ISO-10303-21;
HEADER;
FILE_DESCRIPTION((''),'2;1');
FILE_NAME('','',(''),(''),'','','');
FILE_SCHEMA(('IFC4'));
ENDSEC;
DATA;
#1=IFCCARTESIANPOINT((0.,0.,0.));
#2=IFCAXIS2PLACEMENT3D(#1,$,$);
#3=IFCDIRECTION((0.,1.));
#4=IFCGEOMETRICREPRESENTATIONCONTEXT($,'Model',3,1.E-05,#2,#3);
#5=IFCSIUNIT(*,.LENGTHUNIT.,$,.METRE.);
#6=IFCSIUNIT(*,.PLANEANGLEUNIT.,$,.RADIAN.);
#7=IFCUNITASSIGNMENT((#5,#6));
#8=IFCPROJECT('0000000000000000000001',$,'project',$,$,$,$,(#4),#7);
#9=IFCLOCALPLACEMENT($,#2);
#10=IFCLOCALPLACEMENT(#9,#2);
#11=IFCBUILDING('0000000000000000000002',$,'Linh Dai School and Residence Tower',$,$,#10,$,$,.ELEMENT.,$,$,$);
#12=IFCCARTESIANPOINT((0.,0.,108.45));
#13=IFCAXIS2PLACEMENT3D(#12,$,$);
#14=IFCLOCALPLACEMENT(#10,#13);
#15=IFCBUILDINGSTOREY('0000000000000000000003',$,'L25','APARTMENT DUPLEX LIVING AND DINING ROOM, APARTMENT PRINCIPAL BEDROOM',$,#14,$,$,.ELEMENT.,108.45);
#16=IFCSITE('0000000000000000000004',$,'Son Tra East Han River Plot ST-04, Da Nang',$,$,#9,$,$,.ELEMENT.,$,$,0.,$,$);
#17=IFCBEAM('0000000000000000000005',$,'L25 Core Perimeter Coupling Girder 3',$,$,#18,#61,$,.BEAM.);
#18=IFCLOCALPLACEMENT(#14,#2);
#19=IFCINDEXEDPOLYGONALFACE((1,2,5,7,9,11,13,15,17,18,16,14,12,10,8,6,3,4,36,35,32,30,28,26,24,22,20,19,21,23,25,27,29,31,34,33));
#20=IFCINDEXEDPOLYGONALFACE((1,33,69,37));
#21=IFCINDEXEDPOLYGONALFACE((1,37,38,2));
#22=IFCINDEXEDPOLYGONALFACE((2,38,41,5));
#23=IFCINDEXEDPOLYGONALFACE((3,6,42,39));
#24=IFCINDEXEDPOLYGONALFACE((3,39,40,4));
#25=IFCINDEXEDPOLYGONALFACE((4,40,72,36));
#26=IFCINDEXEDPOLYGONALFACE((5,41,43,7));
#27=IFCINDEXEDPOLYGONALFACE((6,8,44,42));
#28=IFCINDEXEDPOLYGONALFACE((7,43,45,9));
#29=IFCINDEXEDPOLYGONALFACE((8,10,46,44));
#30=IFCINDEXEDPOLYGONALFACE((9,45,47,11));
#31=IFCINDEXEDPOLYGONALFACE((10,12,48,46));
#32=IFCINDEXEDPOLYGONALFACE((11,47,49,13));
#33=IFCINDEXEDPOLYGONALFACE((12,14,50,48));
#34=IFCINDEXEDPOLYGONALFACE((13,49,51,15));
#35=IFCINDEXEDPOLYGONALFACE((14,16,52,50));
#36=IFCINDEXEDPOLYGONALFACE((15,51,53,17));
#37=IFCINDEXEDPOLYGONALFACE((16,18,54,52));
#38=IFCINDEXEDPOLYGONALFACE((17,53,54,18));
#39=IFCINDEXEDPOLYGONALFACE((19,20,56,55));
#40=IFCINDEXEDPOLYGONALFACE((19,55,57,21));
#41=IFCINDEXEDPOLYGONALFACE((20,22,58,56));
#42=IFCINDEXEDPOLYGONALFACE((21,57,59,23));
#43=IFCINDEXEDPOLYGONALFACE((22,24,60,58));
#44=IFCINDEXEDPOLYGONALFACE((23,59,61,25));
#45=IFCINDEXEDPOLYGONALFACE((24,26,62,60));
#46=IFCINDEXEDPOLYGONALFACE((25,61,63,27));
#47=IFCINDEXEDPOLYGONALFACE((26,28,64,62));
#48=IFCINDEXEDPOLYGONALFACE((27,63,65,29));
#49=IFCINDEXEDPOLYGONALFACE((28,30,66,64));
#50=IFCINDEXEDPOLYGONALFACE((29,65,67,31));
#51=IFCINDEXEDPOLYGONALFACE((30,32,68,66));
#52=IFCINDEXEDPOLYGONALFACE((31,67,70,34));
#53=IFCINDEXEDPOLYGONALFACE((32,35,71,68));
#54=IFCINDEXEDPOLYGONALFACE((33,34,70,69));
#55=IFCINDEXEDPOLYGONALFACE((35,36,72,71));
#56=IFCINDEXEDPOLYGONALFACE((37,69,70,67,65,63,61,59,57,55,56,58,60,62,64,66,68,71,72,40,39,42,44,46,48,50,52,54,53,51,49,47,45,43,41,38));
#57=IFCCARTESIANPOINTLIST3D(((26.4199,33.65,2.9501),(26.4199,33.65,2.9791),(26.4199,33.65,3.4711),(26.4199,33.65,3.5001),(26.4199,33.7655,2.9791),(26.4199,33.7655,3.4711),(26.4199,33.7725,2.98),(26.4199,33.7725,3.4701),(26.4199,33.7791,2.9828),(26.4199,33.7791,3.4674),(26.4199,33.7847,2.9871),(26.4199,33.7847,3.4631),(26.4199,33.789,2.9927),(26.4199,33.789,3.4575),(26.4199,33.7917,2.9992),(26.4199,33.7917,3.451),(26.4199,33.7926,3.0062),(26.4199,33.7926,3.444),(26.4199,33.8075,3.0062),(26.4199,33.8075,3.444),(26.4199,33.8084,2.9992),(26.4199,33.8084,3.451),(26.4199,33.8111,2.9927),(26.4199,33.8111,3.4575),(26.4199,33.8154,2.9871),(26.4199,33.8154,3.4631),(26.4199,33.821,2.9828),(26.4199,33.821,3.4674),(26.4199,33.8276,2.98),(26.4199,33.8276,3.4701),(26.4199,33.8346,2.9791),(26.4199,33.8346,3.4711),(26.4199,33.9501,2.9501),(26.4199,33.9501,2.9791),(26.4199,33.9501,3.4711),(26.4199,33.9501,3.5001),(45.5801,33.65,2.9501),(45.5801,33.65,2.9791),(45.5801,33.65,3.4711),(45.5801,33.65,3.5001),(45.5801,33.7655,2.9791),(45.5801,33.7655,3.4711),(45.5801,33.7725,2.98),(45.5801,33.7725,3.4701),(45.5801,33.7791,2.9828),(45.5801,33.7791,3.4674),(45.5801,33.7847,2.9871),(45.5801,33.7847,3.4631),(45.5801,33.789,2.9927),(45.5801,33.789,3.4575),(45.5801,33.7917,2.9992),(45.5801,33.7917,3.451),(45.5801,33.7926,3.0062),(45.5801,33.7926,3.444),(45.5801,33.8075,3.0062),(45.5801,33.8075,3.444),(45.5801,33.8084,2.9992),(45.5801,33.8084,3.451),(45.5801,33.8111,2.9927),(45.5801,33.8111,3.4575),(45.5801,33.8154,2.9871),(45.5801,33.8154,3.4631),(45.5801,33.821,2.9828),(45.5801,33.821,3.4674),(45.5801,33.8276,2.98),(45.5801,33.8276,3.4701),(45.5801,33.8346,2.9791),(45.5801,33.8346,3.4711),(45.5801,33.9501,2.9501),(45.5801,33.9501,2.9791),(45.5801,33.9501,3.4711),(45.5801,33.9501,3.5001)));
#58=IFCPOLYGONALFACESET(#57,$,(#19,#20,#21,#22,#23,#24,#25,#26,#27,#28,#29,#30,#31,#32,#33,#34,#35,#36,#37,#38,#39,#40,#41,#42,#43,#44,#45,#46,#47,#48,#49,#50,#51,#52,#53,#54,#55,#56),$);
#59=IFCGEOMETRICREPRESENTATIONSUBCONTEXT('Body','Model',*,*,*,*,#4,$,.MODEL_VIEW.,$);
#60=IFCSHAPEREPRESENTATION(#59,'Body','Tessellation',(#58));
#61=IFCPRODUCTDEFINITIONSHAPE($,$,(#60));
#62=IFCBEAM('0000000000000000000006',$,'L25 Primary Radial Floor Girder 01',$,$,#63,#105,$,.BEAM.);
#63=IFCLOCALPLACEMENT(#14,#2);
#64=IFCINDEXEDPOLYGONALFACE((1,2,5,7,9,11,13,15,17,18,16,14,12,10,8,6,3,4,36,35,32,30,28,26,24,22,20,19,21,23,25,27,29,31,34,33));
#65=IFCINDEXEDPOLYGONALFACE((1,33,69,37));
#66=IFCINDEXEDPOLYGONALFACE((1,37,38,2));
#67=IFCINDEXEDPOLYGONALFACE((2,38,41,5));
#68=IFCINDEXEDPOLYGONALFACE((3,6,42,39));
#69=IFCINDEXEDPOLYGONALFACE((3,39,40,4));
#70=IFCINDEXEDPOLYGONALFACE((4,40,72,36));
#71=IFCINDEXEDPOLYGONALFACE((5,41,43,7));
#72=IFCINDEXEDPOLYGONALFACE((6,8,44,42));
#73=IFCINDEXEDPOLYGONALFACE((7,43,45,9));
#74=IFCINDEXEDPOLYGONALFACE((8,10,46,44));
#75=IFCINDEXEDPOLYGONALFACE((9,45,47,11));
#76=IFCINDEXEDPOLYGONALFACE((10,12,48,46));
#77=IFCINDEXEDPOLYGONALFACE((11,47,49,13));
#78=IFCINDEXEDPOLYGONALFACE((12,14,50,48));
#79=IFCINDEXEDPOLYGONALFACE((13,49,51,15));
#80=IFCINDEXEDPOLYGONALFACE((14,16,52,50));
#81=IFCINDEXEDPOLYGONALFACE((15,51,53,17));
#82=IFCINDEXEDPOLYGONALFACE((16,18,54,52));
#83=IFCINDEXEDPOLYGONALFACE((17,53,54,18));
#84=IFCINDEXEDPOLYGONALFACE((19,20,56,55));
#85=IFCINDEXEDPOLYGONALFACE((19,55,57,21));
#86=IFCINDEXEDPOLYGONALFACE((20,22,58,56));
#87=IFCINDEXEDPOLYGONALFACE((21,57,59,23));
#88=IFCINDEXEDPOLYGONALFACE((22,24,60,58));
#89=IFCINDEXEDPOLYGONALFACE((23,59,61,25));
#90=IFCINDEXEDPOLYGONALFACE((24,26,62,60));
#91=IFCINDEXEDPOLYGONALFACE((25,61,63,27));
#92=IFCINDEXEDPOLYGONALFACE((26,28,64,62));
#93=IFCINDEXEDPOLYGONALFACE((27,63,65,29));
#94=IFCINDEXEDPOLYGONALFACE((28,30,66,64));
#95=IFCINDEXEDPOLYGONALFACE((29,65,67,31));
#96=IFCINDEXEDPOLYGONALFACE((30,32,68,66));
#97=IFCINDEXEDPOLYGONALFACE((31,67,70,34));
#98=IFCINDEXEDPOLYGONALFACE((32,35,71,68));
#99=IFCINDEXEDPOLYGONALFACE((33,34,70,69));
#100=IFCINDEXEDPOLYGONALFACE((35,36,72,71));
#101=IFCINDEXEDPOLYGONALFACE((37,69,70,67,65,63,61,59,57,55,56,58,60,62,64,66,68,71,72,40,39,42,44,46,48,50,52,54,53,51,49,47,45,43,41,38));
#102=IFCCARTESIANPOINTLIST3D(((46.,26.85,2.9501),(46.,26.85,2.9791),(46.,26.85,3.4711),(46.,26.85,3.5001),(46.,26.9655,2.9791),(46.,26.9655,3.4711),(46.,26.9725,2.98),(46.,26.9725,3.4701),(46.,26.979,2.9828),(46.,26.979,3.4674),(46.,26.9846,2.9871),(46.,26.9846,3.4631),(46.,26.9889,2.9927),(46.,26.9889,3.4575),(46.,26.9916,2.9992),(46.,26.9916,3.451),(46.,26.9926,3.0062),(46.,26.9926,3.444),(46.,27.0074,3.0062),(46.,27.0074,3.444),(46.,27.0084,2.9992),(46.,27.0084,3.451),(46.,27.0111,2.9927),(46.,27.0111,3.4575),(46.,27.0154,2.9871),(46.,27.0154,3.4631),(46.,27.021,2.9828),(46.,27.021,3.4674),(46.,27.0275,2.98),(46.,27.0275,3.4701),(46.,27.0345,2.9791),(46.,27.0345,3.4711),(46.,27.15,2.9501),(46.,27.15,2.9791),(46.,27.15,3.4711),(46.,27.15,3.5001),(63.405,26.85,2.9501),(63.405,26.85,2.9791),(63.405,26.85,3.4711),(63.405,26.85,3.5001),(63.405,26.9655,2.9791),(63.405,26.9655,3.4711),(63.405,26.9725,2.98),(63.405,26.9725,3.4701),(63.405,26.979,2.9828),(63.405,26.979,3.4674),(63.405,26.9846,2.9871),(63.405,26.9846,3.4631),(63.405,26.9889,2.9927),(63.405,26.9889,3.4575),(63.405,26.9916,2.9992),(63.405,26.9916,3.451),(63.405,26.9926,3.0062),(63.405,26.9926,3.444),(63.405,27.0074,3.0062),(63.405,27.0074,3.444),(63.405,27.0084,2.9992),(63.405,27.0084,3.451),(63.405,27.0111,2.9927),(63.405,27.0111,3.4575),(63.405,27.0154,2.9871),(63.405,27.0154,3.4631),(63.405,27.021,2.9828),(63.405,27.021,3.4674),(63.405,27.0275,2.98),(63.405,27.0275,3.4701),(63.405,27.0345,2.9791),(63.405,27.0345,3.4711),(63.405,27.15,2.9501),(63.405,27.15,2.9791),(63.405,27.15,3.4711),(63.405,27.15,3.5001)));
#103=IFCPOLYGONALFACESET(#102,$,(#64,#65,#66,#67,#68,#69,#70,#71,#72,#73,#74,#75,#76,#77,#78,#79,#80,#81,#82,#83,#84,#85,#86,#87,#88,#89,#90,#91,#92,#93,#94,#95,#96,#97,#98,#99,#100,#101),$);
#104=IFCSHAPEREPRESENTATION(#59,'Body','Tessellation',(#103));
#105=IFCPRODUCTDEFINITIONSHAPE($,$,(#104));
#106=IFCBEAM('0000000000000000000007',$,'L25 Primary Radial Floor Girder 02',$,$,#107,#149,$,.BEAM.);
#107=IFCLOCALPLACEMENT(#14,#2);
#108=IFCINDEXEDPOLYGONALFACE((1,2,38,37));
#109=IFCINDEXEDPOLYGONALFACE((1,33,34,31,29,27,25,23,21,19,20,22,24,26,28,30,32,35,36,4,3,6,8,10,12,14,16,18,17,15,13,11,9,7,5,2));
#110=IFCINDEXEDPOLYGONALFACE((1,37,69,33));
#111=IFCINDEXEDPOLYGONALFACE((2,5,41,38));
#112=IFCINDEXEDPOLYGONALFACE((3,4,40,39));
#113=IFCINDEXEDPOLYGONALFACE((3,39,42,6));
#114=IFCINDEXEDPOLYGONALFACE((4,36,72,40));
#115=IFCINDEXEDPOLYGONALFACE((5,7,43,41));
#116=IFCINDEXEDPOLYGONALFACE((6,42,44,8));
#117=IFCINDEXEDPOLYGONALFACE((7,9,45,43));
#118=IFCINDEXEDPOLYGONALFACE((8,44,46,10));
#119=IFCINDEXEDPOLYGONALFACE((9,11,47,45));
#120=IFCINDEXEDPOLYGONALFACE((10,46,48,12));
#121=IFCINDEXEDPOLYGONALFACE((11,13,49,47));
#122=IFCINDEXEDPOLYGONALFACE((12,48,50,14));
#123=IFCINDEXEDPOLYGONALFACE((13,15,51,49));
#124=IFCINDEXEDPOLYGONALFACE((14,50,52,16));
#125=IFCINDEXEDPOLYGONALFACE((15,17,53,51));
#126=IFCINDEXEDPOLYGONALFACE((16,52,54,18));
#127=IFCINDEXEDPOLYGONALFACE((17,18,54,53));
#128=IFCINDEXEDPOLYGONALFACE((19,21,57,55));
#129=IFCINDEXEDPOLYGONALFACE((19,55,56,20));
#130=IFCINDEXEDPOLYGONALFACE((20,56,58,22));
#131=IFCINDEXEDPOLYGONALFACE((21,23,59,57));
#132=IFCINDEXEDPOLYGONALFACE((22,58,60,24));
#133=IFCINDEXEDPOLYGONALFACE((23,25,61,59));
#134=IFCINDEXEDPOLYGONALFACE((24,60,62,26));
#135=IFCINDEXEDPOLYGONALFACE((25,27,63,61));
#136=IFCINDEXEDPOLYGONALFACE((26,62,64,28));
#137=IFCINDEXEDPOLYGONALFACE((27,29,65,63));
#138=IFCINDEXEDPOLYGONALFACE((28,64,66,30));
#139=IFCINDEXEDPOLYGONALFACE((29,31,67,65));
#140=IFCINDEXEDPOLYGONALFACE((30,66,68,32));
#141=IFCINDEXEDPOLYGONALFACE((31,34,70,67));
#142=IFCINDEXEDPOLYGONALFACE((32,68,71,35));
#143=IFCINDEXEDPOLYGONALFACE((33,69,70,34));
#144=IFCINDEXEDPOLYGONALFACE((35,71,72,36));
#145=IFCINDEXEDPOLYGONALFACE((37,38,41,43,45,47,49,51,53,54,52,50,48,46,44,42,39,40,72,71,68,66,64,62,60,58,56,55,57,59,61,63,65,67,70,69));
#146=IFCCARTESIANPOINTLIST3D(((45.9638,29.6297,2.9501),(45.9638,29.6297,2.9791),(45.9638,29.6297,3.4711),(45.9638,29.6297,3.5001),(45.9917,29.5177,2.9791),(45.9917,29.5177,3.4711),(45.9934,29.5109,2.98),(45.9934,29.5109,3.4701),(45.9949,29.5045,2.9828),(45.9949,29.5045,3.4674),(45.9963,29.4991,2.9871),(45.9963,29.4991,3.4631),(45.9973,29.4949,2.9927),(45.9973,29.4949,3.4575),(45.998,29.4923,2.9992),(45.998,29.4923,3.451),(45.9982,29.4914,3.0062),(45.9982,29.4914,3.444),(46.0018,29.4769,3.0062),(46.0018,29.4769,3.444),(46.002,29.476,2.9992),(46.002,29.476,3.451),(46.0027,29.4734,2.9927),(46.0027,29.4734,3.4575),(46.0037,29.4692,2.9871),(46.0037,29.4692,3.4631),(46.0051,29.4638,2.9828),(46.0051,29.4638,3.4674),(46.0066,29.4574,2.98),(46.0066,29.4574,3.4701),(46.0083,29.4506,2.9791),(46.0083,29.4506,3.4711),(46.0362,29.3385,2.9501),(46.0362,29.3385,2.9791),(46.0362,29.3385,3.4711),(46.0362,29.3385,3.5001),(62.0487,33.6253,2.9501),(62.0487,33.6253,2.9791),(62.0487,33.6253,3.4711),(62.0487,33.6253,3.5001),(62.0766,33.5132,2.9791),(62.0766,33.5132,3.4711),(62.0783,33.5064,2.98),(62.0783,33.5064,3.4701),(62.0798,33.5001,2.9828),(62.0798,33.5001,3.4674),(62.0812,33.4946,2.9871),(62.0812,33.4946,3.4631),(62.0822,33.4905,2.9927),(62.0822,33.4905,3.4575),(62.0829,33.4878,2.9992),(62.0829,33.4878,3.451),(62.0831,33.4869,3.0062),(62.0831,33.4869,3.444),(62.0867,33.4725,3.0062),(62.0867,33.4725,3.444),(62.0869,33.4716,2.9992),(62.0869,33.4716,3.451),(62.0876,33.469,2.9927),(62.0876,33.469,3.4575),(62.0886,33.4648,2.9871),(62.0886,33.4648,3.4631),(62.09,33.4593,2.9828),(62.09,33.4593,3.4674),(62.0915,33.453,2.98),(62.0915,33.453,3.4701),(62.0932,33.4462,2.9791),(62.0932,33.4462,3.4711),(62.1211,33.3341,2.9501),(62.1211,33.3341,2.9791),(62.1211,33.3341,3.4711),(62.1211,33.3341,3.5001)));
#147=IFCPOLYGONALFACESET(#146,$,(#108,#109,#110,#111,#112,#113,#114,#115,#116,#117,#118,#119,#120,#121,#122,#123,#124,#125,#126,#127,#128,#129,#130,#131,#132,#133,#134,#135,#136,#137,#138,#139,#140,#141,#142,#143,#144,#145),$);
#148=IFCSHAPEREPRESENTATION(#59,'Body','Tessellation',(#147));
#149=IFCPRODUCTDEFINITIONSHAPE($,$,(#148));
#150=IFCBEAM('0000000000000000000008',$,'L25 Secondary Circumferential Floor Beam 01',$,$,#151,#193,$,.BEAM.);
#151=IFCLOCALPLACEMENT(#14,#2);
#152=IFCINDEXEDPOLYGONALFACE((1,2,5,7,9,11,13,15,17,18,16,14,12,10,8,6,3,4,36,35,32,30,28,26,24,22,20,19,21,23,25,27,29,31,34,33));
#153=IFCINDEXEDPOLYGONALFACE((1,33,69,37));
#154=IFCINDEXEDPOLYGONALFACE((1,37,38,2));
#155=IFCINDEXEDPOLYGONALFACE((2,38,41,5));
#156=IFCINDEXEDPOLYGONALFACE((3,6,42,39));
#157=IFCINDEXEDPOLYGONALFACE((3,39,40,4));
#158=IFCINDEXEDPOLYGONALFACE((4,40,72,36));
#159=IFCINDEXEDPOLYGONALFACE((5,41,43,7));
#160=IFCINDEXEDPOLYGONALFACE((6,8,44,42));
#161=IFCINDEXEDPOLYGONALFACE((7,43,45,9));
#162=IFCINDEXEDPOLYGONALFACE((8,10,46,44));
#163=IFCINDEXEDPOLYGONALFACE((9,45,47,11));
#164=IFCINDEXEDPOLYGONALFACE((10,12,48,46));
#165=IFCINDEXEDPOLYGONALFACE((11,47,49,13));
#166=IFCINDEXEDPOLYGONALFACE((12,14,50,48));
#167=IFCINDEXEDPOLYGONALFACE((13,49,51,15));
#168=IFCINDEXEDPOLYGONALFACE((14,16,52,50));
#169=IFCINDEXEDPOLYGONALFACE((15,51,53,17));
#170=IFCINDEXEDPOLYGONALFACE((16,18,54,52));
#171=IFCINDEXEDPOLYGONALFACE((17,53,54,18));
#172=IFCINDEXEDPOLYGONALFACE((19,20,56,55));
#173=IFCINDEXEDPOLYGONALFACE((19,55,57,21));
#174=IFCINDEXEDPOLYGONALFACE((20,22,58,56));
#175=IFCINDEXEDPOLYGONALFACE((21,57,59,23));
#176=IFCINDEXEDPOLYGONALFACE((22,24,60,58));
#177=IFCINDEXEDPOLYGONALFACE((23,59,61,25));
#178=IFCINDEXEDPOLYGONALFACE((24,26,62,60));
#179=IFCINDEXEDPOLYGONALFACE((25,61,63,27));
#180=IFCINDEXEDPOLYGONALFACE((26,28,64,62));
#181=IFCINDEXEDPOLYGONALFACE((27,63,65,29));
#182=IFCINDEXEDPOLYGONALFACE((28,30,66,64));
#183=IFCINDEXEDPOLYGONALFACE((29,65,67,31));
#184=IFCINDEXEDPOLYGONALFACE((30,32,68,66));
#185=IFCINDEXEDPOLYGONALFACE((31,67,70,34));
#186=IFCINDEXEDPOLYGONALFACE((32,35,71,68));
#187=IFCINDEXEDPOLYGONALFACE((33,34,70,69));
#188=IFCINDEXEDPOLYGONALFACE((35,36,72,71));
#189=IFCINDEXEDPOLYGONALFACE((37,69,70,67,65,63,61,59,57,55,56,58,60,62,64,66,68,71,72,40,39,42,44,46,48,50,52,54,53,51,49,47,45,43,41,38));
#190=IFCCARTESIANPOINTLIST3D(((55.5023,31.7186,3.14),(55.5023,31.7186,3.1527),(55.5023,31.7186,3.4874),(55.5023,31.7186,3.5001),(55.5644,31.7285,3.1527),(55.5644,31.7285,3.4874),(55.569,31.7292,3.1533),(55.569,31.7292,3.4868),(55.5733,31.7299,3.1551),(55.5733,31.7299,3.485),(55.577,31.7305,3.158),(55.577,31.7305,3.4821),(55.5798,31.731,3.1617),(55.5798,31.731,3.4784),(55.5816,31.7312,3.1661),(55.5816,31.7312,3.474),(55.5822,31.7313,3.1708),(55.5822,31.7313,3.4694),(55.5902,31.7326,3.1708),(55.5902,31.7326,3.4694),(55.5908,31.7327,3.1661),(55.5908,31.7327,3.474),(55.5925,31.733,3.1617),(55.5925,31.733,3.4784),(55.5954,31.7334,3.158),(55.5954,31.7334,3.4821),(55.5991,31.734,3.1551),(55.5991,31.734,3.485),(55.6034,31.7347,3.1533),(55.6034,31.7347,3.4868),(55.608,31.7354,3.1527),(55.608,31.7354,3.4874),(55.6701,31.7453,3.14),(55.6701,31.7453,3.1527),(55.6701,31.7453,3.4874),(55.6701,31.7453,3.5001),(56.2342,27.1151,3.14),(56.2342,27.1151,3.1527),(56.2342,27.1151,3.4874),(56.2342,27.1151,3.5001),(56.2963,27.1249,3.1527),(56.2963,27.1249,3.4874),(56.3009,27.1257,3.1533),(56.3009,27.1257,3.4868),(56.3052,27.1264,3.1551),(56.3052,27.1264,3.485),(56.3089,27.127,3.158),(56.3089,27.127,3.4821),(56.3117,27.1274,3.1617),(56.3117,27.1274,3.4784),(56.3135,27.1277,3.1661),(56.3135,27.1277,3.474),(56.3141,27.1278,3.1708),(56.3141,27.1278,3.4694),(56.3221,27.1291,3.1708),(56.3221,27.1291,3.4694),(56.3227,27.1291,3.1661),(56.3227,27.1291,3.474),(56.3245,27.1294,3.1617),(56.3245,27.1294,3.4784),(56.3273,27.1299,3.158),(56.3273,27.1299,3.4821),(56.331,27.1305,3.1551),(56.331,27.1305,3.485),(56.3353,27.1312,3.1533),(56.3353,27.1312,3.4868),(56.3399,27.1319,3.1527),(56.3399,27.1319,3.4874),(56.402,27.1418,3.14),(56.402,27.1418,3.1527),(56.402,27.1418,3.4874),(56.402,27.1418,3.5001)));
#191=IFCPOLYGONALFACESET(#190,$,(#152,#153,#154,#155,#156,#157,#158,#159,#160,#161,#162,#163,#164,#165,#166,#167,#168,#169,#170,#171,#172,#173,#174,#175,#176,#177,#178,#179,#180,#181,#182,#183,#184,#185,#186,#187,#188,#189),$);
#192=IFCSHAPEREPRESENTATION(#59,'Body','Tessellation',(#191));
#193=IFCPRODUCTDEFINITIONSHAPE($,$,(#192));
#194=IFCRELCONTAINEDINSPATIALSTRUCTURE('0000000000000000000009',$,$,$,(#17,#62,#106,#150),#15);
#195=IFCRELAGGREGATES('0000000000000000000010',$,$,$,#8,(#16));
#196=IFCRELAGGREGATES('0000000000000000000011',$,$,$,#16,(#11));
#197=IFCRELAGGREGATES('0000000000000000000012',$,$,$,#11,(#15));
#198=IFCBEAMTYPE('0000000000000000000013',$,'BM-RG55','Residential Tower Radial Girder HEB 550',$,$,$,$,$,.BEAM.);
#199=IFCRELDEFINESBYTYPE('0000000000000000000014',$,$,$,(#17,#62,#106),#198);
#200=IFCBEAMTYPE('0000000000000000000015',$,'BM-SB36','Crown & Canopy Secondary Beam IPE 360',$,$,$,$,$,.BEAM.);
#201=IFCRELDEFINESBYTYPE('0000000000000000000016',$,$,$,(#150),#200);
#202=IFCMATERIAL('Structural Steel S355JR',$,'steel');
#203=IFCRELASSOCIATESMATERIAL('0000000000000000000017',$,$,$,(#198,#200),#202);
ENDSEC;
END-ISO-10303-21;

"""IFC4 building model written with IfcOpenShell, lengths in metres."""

from ifc_helpers import new_model, si_unit, direction, frame, origin, origin_2d, place, context, subcontext, project, spatial, i_section, extrude, material, material_profile, profile_set, type_object, element, save


model = new_model("IFC4")

# Units and contexts
model_context = context("Model", 3, precision=1e-05, world=origin(), true_north=direction((0.0, 1.0)))
body_context = subcontext(model_context, "Body", "Model", "MODEL_VIEW")
ifc_project = project(units=[si_unit("LENGTHUNIT", "METRE"), si_unit("PLANEANGLEUNIT", "RADIAN")], contexts=[model_context])

# Site, building, storey
site_placement = place(None, origin())
site = spatial("IfcSite", under=ifc_project, at=site_placement, Name="Son Tra East Han River Plot ST-04, Da Nang", CompositionType="ELEMENT", RefElevation=0.0)
building_placement = place(site_placement, origin())
building = spatial("IfcBuilding", under=site, at=building_placement, Name="Linh Dai School and Residence Tower", CompositionType="ELEMENT")
storey_placement = place(building_placement, frame((0.0, 0.0, 108.45)))
storey = spatial("IfcBuildingStorey", under=building, at=storey_placement, Name="L25", Description="APARTMENT DUPLEX LIVING AND DINING ROOM, APARTMENT PRINCIPAL BEDROOM", CompositionType="ELEMENT", Elevation=108.45)

# Shared definitions
ifc_material_1 = material(Name="Structural Steel S355JR", Category="steel")

# Beams
ifc_material_profile_1 = material_profile(ifc_material_1, i_section(OverallWidth=0.3, OverallDepth=0.55, WebThickness=0.0149, FlangeThickness=0.0291, FilletRadius=0.0271, at=origin_2d()), Name="HEB 550")
ifc_profile_set_1 = profile_set([ifc_material_profile_1], Name="Structural Steel S355JR")
beam_type_1 = type_object("IfcBeamType", Name="BM-RG55", Description="Residential Tower Radial Girder HEB 550", PredefinedType="BEAM", material=ifc_profile_set_1)
beam_1_placement = place(storey_placement, frame((45.5801, 33.8, 3.2251), z_axis=(-1.0, 0.0, 0.0), x_axis=(0.0, -1.0, 0.0)))
element("IfcBeam", 1, at=beam_1_placement, inside=storey, type_object=beam_type_1, Name="L25 Core Perimeter Coupling Girder 3", PredefinedType="BEAM", context=body_context, shape_type="SweptSolid", body=[
    extrude(i_section(OverallWidth=0.3, OverallDepth=0.55, WebThickness=0.0149, FlangeThickness=0.0291, FilletRadius=0.0271, at=origin_2d()), origin(), (0.0, 0.0, 1.0), 19.1602),
])
beam_2_placement = place(storey_placement, frame((46.0, 27.0, 3.2251), z_axis=(1.0, 0.0, 0.0), x_axis=(0.0, 1.0, 0.0)))
element("IfcBeam", 2, at=beam_2_placement, inside=storey, type_object=beam_type_1, Name="L25 Primary Radial Floor Girder 01", PredefinedType="BEAM", context=body_context, shape_type="SweptSolid", body=[
    extrude(i_section(OverallWidth=0.3, OverallDepth=0.55, WebThickness=0.0149, FlangeThickness=0.0291, FilletRadius=0.0271, at=origin_2d()), origin(), (0.0, 0.0, 1.0), 17.405),
])
beam_3_placement = place(storey_placement, frame((46.0, 29.4841, 3.2251), z_axis=(0.970505, 0.24108, 0.0), x_axis=(-0.24108, 0.970505, 0.0)))
element("IfcBeam", 3, at=beam_3_placement, inside=storey, type_object=beam_type_1, Name="L25 Primary Radial Floor Girder 02", PredefinedType="BEAM", context=body_context, shape_type="SweptSolid", body=[
    extrude(i_section(OverallWidth=0.3, OverallDepth=0.55, WebThickness=0.0149, FlangeThickness=0.0291, FilletRadius=0.0271, at=origin_2d()), origin(), (0.0, 0.0, 1.0), 16.5737),
])
ifc_material_profile_2 = material_profile(ifc_material_1, i_section(OverallWidth=0.1699, OverallDepth=0.3601, WebThickness=0.0081, FlangeThickness=0.0127, FilletRadius=0.0181, at=origin_2d()), Name="IPE 360")
ifc_profile_set_2 = profile_set([ifc_material_profile_2], Name="Structural Steel S355JR")
beam_type_2 = type_object("IfcBeamType", Name="BM-SB36", Description="Crown & Canopy Secondary Beam IPE 360", PredefinedType="BEAM", material=ifc_profile_set_2)
beam_4_placement = place(storey_placement, frame((56.3181, 27.1284, 3.3201), z_axis=(-0.157022, 0.987595, 0.0), x_axis=(-0.987595, -0.157022, 0.0)))
element("IfcBeam", 4, at=beam_4_placement, inside=storey, type_object=beam_type_2, Name="L25 Secondary Circumferential Floor Beam 01", PredefinedType="BEAM", context=body_context, shape_type="SweptSolid", body=[
    extrude(i_section(OverallWidth=0.1699, OverallDepth=0.3601, WebThickness=0.0081, FlangeThickness=0.0127, FilletRadius=0.0181, at=origin_2d()), origin(), (0.0, 0.0, 1.0), 4.6614),
])

save(model, "model.ifc")
